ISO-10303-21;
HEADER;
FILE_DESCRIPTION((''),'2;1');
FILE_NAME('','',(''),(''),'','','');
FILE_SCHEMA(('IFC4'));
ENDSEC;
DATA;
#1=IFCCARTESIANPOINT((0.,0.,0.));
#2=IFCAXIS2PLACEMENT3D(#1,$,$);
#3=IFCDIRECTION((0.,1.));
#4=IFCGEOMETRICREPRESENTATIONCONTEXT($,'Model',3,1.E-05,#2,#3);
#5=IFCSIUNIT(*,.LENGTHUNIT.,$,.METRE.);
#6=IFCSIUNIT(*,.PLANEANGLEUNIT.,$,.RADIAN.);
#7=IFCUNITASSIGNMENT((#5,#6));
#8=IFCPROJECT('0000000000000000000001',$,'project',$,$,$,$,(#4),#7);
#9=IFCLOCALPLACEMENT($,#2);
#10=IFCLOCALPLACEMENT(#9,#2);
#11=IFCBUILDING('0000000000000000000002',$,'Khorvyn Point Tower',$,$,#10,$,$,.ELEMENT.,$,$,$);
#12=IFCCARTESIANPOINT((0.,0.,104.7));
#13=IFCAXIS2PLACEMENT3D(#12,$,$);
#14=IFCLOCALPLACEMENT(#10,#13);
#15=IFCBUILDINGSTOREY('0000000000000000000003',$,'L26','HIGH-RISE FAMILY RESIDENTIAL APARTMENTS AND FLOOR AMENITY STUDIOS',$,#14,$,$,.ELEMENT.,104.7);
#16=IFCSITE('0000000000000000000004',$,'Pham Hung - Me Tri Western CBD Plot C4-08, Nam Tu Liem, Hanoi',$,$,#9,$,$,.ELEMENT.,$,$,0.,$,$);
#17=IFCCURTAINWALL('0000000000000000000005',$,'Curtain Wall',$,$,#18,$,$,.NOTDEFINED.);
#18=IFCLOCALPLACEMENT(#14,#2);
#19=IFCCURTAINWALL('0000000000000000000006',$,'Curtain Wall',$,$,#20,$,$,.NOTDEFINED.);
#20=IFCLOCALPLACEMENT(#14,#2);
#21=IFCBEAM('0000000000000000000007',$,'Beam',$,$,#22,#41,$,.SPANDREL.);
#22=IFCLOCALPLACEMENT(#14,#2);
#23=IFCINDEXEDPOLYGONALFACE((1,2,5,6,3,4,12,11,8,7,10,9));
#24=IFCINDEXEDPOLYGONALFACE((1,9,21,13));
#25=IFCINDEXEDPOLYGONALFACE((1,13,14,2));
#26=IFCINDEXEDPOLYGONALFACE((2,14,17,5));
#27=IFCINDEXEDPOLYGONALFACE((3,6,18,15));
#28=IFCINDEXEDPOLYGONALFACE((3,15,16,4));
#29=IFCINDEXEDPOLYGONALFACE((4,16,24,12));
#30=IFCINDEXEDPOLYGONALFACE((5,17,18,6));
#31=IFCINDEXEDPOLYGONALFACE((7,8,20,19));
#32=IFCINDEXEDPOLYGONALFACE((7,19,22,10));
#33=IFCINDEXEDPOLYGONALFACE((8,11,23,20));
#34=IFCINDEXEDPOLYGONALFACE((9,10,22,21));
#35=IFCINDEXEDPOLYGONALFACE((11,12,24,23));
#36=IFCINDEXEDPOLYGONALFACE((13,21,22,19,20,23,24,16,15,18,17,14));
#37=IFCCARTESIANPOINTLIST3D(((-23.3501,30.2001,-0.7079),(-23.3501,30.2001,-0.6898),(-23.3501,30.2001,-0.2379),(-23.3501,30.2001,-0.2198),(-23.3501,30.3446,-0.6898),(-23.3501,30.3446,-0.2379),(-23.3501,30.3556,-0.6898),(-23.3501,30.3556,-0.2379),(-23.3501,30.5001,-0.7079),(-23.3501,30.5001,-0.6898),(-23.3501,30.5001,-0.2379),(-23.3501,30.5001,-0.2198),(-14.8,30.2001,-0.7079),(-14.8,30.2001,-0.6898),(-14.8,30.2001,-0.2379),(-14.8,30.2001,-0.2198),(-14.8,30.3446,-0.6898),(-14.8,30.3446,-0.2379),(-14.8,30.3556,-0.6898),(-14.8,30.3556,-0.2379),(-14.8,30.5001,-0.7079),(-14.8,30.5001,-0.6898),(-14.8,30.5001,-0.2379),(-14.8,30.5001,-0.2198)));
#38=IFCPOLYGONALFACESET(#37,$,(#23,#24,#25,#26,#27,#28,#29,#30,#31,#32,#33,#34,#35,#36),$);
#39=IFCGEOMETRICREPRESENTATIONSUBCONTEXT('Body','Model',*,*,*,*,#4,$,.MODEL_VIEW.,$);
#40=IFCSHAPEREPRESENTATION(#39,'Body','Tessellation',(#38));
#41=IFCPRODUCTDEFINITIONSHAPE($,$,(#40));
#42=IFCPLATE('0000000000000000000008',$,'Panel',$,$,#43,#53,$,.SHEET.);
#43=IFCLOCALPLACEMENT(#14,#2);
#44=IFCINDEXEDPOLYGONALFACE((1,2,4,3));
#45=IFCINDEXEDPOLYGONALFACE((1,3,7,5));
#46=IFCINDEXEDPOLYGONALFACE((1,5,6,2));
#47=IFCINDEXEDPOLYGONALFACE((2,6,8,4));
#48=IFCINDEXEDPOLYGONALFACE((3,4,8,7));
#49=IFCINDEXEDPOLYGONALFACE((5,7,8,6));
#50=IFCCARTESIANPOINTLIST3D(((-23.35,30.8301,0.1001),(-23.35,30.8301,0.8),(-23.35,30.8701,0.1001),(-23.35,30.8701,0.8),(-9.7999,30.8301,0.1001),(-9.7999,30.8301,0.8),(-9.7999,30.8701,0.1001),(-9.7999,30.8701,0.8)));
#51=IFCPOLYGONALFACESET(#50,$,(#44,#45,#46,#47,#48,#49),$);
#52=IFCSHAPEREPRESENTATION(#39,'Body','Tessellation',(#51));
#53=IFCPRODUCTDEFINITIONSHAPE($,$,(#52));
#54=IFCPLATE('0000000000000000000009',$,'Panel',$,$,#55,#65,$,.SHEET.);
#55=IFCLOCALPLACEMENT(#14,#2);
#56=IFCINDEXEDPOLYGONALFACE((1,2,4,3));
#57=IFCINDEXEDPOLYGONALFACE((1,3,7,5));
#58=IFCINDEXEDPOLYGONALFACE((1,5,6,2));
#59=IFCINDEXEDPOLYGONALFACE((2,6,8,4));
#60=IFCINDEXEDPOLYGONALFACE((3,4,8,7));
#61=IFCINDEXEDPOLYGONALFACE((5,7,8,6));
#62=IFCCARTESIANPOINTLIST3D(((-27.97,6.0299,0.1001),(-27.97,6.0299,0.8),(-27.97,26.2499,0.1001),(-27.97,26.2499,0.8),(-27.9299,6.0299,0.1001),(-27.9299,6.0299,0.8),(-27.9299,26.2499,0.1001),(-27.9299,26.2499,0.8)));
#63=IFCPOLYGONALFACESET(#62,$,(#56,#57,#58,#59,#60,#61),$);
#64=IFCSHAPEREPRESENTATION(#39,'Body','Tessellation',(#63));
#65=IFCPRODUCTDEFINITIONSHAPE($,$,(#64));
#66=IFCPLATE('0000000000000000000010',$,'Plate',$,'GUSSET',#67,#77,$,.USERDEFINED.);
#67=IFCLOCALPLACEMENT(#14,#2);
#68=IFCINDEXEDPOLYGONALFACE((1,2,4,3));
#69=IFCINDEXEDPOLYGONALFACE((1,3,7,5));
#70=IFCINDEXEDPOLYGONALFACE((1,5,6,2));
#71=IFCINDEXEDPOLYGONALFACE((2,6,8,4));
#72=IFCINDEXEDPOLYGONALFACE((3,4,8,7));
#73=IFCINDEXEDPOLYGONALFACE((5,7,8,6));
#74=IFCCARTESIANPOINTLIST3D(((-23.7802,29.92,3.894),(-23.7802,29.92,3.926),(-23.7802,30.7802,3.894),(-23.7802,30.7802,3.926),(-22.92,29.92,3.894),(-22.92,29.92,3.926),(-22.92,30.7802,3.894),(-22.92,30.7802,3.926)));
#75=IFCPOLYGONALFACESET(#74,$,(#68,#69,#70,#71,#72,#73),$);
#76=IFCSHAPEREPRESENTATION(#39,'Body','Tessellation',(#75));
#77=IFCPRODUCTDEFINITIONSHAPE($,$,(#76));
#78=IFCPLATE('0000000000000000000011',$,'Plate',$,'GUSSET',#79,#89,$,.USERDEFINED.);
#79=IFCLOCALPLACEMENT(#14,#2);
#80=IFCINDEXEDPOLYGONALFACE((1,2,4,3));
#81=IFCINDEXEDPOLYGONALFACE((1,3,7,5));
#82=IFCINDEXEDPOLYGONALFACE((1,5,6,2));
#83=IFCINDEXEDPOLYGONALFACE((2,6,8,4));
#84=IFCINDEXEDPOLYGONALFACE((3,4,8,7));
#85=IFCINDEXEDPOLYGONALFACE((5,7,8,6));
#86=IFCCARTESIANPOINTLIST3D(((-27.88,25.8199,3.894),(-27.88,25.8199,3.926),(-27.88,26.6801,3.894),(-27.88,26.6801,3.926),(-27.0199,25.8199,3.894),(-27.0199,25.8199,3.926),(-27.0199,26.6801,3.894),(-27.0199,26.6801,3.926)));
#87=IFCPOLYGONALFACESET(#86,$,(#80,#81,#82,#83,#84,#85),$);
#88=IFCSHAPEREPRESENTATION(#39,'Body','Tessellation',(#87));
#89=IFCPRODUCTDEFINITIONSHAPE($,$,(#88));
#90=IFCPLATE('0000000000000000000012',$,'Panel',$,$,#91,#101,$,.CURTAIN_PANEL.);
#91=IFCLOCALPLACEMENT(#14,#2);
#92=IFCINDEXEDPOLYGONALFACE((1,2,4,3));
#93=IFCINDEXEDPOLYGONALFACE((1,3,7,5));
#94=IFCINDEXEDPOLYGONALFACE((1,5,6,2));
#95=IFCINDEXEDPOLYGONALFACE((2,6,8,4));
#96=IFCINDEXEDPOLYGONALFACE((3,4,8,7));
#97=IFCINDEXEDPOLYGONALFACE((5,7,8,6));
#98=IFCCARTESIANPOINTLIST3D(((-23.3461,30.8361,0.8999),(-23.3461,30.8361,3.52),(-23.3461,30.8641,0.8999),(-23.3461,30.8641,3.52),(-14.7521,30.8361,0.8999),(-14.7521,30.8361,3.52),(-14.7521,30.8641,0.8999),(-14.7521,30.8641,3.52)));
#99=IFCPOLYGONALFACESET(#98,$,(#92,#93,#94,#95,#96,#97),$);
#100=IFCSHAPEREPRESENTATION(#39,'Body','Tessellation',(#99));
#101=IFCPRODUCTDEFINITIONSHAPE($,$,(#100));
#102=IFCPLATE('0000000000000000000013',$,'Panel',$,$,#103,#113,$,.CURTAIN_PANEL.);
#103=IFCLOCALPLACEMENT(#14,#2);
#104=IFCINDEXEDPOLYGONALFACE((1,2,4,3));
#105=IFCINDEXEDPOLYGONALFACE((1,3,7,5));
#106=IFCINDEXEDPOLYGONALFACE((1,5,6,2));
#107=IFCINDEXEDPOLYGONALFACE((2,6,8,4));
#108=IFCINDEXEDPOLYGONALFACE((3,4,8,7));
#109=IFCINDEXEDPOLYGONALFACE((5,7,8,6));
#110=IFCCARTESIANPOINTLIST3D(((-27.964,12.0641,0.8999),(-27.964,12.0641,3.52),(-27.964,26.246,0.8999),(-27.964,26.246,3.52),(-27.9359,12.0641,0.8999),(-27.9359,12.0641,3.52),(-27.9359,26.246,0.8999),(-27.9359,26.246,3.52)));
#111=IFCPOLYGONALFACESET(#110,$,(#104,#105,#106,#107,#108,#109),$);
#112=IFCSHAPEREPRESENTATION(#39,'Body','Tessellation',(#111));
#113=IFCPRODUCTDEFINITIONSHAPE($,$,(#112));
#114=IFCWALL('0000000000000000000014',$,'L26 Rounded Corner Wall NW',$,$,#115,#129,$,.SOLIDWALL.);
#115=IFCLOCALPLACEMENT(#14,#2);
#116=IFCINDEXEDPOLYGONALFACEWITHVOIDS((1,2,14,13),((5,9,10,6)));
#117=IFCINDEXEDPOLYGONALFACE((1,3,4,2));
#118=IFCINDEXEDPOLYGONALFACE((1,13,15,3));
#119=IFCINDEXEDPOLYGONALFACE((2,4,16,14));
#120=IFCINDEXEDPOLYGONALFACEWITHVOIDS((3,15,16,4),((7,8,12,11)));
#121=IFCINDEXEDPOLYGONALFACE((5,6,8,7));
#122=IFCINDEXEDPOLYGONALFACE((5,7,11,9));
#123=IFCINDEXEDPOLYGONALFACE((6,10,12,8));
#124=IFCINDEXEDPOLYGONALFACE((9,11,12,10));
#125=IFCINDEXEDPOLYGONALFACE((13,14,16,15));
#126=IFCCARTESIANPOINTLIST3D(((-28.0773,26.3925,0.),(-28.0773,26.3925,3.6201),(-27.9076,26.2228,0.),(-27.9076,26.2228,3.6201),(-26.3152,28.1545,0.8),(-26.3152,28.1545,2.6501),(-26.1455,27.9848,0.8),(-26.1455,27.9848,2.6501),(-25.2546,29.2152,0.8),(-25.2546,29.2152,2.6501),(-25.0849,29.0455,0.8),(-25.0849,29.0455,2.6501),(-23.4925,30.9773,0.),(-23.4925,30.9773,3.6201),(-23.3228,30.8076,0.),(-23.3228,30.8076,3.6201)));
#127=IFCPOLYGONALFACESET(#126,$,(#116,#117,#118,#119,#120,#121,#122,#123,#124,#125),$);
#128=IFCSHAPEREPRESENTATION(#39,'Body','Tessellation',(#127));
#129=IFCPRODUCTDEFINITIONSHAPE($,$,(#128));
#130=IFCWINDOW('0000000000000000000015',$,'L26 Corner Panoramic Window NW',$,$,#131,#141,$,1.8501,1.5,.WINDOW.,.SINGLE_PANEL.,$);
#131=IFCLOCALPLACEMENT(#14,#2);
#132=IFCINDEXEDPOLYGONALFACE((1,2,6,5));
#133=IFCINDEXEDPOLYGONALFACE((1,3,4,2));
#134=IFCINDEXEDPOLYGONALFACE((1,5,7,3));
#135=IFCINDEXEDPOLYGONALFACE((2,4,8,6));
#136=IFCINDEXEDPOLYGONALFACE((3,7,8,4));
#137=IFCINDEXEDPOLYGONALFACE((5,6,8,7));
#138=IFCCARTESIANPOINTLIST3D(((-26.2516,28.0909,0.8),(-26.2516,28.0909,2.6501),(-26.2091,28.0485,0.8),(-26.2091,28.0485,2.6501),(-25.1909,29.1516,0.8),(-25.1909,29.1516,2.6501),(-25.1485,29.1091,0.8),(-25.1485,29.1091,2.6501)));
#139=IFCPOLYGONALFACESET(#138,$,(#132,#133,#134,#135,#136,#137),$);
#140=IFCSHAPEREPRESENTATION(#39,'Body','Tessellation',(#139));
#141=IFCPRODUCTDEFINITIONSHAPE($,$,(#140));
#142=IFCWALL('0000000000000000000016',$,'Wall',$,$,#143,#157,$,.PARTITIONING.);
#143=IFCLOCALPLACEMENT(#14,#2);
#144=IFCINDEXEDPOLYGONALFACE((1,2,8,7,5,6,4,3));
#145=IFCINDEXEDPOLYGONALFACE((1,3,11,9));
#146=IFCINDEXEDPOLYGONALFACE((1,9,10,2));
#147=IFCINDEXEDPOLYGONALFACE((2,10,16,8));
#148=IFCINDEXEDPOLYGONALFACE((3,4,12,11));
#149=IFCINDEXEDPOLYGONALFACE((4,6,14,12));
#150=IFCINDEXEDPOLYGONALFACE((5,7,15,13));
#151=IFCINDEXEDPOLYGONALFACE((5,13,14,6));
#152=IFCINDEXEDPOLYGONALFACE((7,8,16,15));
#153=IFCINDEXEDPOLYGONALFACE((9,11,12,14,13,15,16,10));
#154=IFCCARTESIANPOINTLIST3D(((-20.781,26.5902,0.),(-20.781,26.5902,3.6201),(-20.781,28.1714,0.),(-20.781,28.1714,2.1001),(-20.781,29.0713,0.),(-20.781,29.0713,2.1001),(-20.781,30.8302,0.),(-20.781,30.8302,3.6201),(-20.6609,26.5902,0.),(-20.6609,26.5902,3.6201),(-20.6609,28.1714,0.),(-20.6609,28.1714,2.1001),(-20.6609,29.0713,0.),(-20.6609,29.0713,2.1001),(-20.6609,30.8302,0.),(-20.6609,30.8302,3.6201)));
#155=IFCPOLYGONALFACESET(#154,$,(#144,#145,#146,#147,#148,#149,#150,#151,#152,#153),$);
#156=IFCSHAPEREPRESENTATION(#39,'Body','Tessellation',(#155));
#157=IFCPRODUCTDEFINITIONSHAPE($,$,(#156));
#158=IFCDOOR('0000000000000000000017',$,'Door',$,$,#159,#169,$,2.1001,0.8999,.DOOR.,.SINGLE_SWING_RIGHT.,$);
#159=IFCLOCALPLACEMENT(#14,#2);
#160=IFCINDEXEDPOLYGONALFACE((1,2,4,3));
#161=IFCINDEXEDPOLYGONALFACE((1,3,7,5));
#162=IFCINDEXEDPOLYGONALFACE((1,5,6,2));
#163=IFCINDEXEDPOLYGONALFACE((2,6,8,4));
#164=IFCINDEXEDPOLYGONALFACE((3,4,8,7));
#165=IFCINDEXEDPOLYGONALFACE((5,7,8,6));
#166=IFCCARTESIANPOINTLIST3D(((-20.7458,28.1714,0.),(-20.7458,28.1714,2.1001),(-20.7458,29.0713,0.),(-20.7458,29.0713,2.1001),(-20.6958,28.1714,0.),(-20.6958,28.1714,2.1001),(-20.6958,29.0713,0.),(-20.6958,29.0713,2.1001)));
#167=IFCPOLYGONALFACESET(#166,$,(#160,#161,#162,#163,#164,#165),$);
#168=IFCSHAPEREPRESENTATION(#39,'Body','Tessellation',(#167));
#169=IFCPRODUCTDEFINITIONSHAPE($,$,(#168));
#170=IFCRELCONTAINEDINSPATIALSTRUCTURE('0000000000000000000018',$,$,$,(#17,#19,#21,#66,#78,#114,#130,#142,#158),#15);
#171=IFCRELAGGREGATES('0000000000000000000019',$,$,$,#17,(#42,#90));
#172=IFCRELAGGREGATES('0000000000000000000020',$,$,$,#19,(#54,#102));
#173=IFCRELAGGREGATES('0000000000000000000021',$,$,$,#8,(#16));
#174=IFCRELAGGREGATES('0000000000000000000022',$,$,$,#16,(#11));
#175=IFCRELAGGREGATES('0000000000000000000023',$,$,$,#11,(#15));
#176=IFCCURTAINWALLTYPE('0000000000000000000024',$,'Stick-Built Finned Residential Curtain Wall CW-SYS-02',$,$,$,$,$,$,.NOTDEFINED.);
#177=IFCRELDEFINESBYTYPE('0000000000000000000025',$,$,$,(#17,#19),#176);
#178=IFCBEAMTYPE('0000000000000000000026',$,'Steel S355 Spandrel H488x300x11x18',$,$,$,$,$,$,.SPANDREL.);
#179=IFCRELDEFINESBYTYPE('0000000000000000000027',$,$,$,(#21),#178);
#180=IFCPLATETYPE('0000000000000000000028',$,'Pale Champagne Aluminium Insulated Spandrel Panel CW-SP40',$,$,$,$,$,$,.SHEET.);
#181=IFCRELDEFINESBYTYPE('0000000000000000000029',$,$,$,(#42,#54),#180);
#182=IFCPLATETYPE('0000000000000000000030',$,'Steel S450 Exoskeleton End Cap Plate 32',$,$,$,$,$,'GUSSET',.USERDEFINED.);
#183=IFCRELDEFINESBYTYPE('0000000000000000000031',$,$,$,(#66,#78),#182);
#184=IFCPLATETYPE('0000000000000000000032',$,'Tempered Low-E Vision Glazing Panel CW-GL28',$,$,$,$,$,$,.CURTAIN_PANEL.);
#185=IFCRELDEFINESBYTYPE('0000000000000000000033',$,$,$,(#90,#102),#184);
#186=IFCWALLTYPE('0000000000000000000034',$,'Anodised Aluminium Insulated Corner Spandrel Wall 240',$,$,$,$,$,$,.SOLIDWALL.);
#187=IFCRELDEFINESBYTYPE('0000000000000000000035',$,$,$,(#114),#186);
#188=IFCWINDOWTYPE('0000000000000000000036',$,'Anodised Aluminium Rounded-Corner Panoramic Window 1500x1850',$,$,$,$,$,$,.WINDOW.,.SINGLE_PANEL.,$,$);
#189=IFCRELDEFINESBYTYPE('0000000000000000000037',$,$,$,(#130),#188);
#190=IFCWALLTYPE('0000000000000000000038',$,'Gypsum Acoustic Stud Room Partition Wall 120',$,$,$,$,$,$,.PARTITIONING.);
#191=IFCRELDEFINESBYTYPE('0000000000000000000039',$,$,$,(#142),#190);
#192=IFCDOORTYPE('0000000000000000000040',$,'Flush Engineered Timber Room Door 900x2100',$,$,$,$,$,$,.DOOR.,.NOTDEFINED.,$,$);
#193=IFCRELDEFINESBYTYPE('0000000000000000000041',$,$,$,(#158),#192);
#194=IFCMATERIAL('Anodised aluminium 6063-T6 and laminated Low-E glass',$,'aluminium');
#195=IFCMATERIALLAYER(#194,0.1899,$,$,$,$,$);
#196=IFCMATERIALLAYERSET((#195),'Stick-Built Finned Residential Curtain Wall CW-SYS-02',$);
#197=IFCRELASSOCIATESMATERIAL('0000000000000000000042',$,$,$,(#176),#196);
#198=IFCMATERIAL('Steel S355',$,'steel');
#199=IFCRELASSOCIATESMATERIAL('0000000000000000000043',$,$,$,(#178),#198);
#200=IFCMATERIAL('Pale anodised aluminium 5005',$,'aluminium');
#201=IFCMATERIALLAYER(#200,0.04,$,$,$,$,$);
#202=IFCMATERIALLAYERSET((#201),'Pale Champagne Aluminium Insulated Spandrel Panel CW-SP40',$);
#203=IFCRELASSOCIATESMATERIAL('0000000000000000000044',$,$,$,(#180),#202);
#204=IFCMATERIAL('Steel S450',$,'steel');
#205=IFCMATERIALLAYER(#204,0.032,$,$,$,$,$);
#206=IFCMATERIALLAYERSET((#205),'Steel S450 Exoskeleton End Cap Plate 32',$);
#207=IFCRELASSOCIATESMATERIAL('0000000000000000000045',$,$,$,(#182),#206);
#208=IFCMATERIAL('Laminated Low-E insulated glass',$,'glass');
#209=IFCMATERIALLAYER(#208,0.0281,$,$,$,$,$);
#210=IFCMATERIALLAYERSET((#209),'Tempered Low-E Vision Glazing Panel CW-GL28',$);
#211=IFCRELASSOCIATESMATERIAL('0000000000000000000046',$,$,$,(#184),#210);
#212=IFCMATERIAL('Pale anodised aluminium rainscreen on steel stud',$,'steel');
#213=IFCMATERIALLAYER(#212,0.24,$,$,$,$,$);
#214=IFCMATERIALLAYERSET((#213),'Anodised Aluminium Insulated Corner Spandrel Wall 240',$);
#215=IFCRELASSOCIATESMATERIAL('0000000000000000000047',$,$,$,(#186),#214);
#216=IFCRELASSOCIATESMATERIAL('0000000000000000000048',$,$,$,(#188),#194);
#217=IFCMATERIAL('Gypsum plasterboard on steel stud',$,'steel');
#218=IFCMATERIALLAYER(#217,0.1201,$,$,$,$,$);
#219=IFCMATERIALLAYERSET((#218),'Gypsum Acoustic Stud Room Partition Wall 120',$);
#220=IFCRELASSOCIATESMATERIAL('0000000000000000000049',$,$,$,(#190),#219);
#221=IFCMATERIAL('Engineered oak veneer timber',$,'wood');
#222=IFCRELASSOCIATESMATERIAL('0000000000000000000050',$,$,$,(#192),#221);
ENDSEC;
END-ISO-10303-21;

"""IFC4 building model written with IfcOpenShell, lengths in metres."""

from ifc_helpers import new_model, si_unit, direction, frame, frame_2d, origin, origin_2d, place, context, subcontext, project, spatial, rectangle, i_section, extrude, material, layer, layer_set, material_profile, profile_set, type_object, element, fill, aggregate, save


model = new_model("IFC4")

# Units and contexts
model_context = context("Model", 3, precision=1e-05, world=origin(), true_north=direction((0.0, 1.0)))
body_context = subcontext(model_context, "Body", "Model", "MODEL_VIEW")
ifc_project = project(units=[si_unit("LENGTHUNIT", "METRE"), si_unit("PLANEANGLEUNIT", "RADIAN")], contexts=[model_context])

# Site, building, storey
site_placement = place(None, origin())
site = spatial("IfcSite", under=ifc_project, at=site_placement, Name="Pham Hung - Me Tri Western CBD Plot C4-08, Nam Tu Liem, Hanoi", CompositionType="ELEMENT", RefElevation=0.0)
building_placement = place(site_placement, origin())
building = spatial("IfcBuilding", under=site, at=building_placement, Name="Khorvyn Point Tower", CompositionType="ELEMENT")
storey_placement = place(building_placement, frame((0.0, 0.0, 104.7)))
storey = spatial("IfcBuildingStorey", under=building, at=storey_placement, Name="L26", Description="HIGH-RISE FAMILY RESIDENTIAL APARTMENTS AND FLOOR AMENITY STUDIOS", CompositionType="ELEMENT", Elevation=104.7)

# Shared definitions
ifc_material_1 = material(Name="Steel S450", Category="steel")

# Curtain walls
ifc_material_2 = material(Name="Anodised aluminium 6063-T6 and laminated Low-E glass", Category="aluminium")
ifc_layer_1 = layer(ifc_material_2, 0.1899)
ifc_layer_set_1 = layer_set([ifc_layer_1], Name="Stick-Built Finned Residential Curtain Wall CW-SYS-02")
curtain_wall_type = type_object("IfcCurtainWallType", Name="Stick-Built Finned Residential Curtain Wall CW-SYS-02", PredefinedType="NOTDEFINED", material=ifc_layer_set_1)
curtain_wall_1_placement = place(storey_placement, origin())
curtain_wall_1 = element("IfcCurtainWall", 1, at=curtain_wall_1_placement, inside=storey, type_object=curtain_wall_type, Name="Curtain Wall", PredefinedType="NOTDEFINED")
curtain_wall_2_placement = place(storey_placement, origin())
curtain_wall_2 = element("IfcCurtainWall", 2, at=curtain_wall_2_placement, inside=storey, type_object=curtain_wall_type, Name="Curtain Wall", PredefinedType="NOTDEFINED")

# Beam
ifc_material_3 = material(Name="Steel S355", Category="steel")
ifc_material_profile_1 = material_profile(ifc_material_3, i_section(OverallWidth=0.3, OverallDepth=0.488, WebThickness=0.011, FlangeThickness=0.0181, at=origin_2d()))
ifc_profile_set_1 = profile_set([ifc_material_profile_1], Name="Steel S355 H488x300x11x18")
beam_type_1 = type_object("IfcBeamType", Name="Steel S355 Spandrel H488x300x11x18", PredefinedType="SPANDREL", material=ifc_profile_set_1)
beam_1_placement = place(storey_placement, frame((-23.3501, 30.3501, -0.4639), z_axis=(1.0, 0.0, 0.0), x_axis=(0.0, 1.0, 0.0)))
element("IfcBeam", 3, at=beam_1_placement, inside=storey, type_object=beam_type_1, Name="Beam", PredefinedType="SPANDREL", context=body_context, shape_type="SweptSolid", body=[
    extrude(i_section(OverallWidth=0.3, OverallDepth=0.488, WebThickness=0.011, FlangeThickness=0.0181, at=origin_2d()), origin(), (0.0, 0.0, 1.0), 8.55),
])

# Plates
ifc_material_4 = material(Name="Pale anodised aluminium 5005", Category="aluminium")
ifc_layer_2 = layer(ifc_material_4, 0.04)
ifc_layer_set_2 = layer_set([ifc_layer_2], Name="Pale Champagne Aluminium Insulated Spandrel Panel CW-SP40")
plate_type_1 = type_object("IfcPlateType", Name="Pale Champagne Aluminium Insulated Spandrel Panel CW-SP40", PredefinedType="SHEET", material=ifc_layer_set_2)
plate_1_placement = place(storey_placement, frame((-16.575, 30.8501, 0.1001), z_axis=(0.0, 0.0, 1.0), x_axis=(1.0, 0.0, 0.0)))
plate_1 = element("IfcPlate", 4, at=plate_1_placement, type_object=plate_type_1, Name="Panel", PredefinedType="SHEET", context=body_context, shape_type="SweptSolid", body=[
    extrude(rectangle(XDim=13.55, YDim=0.04, at=origin_2d()), origin(), (0.0, 0.0, 1.0), 0.7),
])
plate_2_placement = place(storey_placement, frame((-27.95, 16.1399, 0.1001), z_axis=(0.0, 0.0, 1.0), x_axis=(0.0, 1.0, 0.0)))
plate_2 = element("IfcPlate", 5, at=plate_2_placement, type_object=plate_type_1, Name="Panel", PredefinedType="SHEET", context=body_context, shape_type="SweptSolid", body=[
    extrude(rectangle(XDim=20.22, YDim=0.04, at=origin_2d()), origin(), (0.0, 0.0, 1.0), 0.7),
])

# Plates
ifc_layer_3 = layer(ifc_material_1, 0.032)
ifc_layer_set_3 = layer_set([ifc_layer_3], Name="Steel S450 Exoskeleton End Cap Plate 32")
plate_type_2 = type_object("IfcPlateType", Name="Steel S450 Exoskeleton End Cap Plate 32", ElementType="GUSSET", PredefinedType="USERDEFINED", material=ifc_layer_set_3)
for number, where, z_axis, x_axis, name in (
    (6, (-23.3501, 30.3501, 3.894), (0.0, 0.0, 1.0), (1.0, 0.0, 0.0), "Plate"),
    (7, (-27.45, 26.25, 3.894), (0.0, 0.0, 1.0), (1.0, 0.0, 0.0), "Plate"),
):
    element("IfcPlate", number, at=place(storey_placement, frame(where, z_axis=z_axis, x_axis=x_axis)), inside=storey, type_object=plate_type_2, Name=name, ObjectType="GUSSET", PredefinedType="USERDEFINED", context=body_context, shape_type="SweptSolid", body=[
        extrude(rectangle(XDim=0.8601, YDim=0.8601, at=origin_2d()), origin(), (0.0, 0.0, 1.0), 0.032),
    ])

# Plates
ifc_material_5 = material(Name="Laminated Low-E insulated glass", Category="glass")
ifc_layer_4 = layer(ifc_material_5, 0.0281)
ifc_layer_set_4 = layer_set([ifc_layer_4], Name="Tempered Low-E Vision Glazing Panel CW-GL28")
plate_type_3 = type_object("IfcPlateType", Name="Tempered Low-E Vision Glazing Panel CW-GL28", PredefinedType="CURTAIN_PANEL", material=ifc_layer_set_4)
plate_3_placement = place(storey_placement, frame((-19.0491, 30.8501, 0.8999), z_axis=(0.0, 0.0, 1.0), x_axis=(1.0, 0.0, 0.0)))
plate_3 = element("IfcPlate", 8, at=plate_3_placement, type_object=plate_type_3, Name="Panel", PredefinedType="CURTAIN_PANEL", context=body_context, shape_type="SweptSolid", body=[
    extrude(rectangle(XDim=8.594, YDim=0.0281, at=origin_2d()), origin(), (0.0, 0.0, 1.0), 2.6201),
])
aggregate(curtain_wall_1, [plate_1, plate_3])
plate_4_placement = place(storey_placement, frame((-27.95, 19.155, 0.8999), z_axis=(0.0, 0.0, 1.0), x_axis=(0.0, 1.0, 0.0)))
plate_4 = element("IfcPlate", 9, at=plate_4_placement, type_object=plate_type_3, Name="Panel", PredefinedType="CURTAIN_PANEL", context=body_context, shape_type="SweptSolid", body=[
    extrude(rectangle(XDim=14.1819, YDim=0.0281, at=origin_2d()), origin(), (0.0, 0.0, 1.0), 2.6201),
])
aggregate(curtain_wall_2, [plate_2, plate_4])

# Wall, opening, window
ifc_material_6 = material(Name="Pale anodised aluminium rainscreen on steel stud", Category="steel")
ifc_layer_5 = layer(ifc_material_6, 0.24)
ifc_layer_set_5 = layer_set([ifc_layer_5], Name="Anodised Aluminium Insulated Corner Spandrel Wall 240")
wall_type_1 = type_object("IfcWallType", Name="Anodised Aluminium Insulated Corner Spandrel Wall 240", PredefinedType="SOLIDWALL", material=ifc_layer_set_5)
wall_1_placement = place(storey_placement, frame((-27.9924, 26.3076, 0.0), z_axis=(0.0, 0.0, 1.0), x_axis=(0.707107, 0.707107, 0.0)))
wall_1 = element("IfcWall", 10, at=wall_1_placement, inside=storey, type_object=wall_type_1, Name="L26 Rounded Corner Wall NW", PredefinedType="SOLIDWALL", context=body_context, shape_type="SweptSolid", body=[
    extrude(rectangle(XDim=6.4839, YDim=0.24, at=frame_2d((3.2419, 0.0))), origin(), (0.0, 0.0, 1.0), 3.6201),
])
opening_1_placement = place(wall_1_placement, frame((2.4919, 0.0, 0.8)))
opening_1 = element("IfcOpeningElement", 11, at=opening_1_placement, cuts=wall_1, PredefinedType="OPENING", context=body_context, shape_type="SweptSolid", body=[
    extrude(rectangle(XDim=1.5, YDim=1.8501, at=frame_2d((0.75, 0.925))), frame((0.0, 0.1299, 0.0), z_axis=(0.0, -1.0, 0.0), x_axis=(1.0, 0.0, 0.0)), (0.0, 0.0, 1.0), 0.26),
])
window_type = type_object("IfcWindowType", Name="Anodised Aluminium Rounded-Corner Panoramic Window 1500x1850", PartitioningType="SINGLE_PANEL", PredefinedType="WINDOW", material=ifc_material_2)
window_placement = place(opening_1_placement, origin())
window = element("IfcWindow", 12, at=window_placement, inside=storey, type_object=window_type, Name="L26 Corner Panoramic Window NW", OverallHeight=1.8501, OverallWidth=1.5, PartitioningType="SINGLE_PANEL", PredefinedType="WINDOW", context=body_context, shape_type="SweptSolid", body=[
    extrude(rectangle(XDim=1.5, YDim=1.8501, at=frame_2d((0.75, 0.925))), frame((0.0, 0.03, 0.0), z_axis=(0.0, -1.0, 0.0), x_axis=(1.0, 0.0, 0.0)), (0.0, 0.0, 1.0), 0.0601),
])
fill(opening_1, window)

# Wall, opening, door
ifc_material_7 = material(Name="Gypsum plasterboard on steel stud", Category="steel")
ifc_layer_6 = layer(ifc_material_7, 0.1201)
ifc_layer_set_6 = layer_set([ifc_layer_6], Name="Gypsum Acoustic Stud Room Partition Wall 120")
wall_type_2 = type_object("IfcWallType", Name="Gypsum Acoustic Stud Room Partition Wall 120", PredefinedType="PARTITIONING", material=ifc_layer_set_6)
wall_2_placement = place(storey_placement, frame((-20.7209, 26.5901, 0.0), z_axis=(0.0, 0.0, 1.0), x_axis=(0.0, 1.0, 0.0)))
wall_2 = element("IfcWall", 13, at=wall_2_placement, inside=storey, type_object=wall_type_2, Name="Wall", PredefinedType="PARTITIONING", context=body_context, shape_type="SweptSolid", body=[
    extrude(rectangle(XDim=4.24, YDim=0.1201, at=frame_2d((2.1201, 0.0))), origin(), (0.0, 0.0, 1.0), 3.6201),
])
opening_2_placement = place(wall_2_placement, frame((1.5813, 0.0, 0.0)))
opening_2 = element("IfcOpeningElement", 14, at=opening_2_placement, cuts=wall_2, PredefinedType="OPENING", context=body_context, shape_type="SweptSolid", body=[
    extrude(rectangle(XDim=0.8999, YDim=2.1001, at=frame_2d((0.45, 1.05))), frame((0.0, 0.0701, 0.0), z_axis=(0.0, -1.0, 0.0), x_axis=(1.0, 0.0, 0.0)), (0.0, 0.0, 1.0), 0.1401),
])
ifc_material_8 = material(Name="Engineered oak veneer timber", Category="wood")
door_type_1 = type_object("IfcDoorType", Name="Flush Engineered Timber Room Door 900x2100", OperationType="NOTDEFINED", PredefinedType="DOOR", material=ifc_material_8)
door_1_placement = place(opening_2_placement, origin())
door_1 = element("IfcDoor", 15, at=door_1_placement, inside=storey, type_object=door_type_1, Name="Door", OperationType="SINGLE_SWING_RIGHT", OverallHeight=2.1001, OverallWidth=0.8999, PredefinedType="DOOR", context=body_context, shape_type="SweptSolid", body=[
    extrude(rectangle(XDim=0.8999, YDim=2.1001, at=frame_2d((0.45, 1.05))), frame((0.0, 0.0249, 0.0), z_axis=(0.0, -1.0, 0.0), x_axis=(1.0, 0.0, 0.0)), (0.0, 0.0, 1.0), 0.05),
])
fill(opening_2, door_1)

save(model, "model.ifc")
